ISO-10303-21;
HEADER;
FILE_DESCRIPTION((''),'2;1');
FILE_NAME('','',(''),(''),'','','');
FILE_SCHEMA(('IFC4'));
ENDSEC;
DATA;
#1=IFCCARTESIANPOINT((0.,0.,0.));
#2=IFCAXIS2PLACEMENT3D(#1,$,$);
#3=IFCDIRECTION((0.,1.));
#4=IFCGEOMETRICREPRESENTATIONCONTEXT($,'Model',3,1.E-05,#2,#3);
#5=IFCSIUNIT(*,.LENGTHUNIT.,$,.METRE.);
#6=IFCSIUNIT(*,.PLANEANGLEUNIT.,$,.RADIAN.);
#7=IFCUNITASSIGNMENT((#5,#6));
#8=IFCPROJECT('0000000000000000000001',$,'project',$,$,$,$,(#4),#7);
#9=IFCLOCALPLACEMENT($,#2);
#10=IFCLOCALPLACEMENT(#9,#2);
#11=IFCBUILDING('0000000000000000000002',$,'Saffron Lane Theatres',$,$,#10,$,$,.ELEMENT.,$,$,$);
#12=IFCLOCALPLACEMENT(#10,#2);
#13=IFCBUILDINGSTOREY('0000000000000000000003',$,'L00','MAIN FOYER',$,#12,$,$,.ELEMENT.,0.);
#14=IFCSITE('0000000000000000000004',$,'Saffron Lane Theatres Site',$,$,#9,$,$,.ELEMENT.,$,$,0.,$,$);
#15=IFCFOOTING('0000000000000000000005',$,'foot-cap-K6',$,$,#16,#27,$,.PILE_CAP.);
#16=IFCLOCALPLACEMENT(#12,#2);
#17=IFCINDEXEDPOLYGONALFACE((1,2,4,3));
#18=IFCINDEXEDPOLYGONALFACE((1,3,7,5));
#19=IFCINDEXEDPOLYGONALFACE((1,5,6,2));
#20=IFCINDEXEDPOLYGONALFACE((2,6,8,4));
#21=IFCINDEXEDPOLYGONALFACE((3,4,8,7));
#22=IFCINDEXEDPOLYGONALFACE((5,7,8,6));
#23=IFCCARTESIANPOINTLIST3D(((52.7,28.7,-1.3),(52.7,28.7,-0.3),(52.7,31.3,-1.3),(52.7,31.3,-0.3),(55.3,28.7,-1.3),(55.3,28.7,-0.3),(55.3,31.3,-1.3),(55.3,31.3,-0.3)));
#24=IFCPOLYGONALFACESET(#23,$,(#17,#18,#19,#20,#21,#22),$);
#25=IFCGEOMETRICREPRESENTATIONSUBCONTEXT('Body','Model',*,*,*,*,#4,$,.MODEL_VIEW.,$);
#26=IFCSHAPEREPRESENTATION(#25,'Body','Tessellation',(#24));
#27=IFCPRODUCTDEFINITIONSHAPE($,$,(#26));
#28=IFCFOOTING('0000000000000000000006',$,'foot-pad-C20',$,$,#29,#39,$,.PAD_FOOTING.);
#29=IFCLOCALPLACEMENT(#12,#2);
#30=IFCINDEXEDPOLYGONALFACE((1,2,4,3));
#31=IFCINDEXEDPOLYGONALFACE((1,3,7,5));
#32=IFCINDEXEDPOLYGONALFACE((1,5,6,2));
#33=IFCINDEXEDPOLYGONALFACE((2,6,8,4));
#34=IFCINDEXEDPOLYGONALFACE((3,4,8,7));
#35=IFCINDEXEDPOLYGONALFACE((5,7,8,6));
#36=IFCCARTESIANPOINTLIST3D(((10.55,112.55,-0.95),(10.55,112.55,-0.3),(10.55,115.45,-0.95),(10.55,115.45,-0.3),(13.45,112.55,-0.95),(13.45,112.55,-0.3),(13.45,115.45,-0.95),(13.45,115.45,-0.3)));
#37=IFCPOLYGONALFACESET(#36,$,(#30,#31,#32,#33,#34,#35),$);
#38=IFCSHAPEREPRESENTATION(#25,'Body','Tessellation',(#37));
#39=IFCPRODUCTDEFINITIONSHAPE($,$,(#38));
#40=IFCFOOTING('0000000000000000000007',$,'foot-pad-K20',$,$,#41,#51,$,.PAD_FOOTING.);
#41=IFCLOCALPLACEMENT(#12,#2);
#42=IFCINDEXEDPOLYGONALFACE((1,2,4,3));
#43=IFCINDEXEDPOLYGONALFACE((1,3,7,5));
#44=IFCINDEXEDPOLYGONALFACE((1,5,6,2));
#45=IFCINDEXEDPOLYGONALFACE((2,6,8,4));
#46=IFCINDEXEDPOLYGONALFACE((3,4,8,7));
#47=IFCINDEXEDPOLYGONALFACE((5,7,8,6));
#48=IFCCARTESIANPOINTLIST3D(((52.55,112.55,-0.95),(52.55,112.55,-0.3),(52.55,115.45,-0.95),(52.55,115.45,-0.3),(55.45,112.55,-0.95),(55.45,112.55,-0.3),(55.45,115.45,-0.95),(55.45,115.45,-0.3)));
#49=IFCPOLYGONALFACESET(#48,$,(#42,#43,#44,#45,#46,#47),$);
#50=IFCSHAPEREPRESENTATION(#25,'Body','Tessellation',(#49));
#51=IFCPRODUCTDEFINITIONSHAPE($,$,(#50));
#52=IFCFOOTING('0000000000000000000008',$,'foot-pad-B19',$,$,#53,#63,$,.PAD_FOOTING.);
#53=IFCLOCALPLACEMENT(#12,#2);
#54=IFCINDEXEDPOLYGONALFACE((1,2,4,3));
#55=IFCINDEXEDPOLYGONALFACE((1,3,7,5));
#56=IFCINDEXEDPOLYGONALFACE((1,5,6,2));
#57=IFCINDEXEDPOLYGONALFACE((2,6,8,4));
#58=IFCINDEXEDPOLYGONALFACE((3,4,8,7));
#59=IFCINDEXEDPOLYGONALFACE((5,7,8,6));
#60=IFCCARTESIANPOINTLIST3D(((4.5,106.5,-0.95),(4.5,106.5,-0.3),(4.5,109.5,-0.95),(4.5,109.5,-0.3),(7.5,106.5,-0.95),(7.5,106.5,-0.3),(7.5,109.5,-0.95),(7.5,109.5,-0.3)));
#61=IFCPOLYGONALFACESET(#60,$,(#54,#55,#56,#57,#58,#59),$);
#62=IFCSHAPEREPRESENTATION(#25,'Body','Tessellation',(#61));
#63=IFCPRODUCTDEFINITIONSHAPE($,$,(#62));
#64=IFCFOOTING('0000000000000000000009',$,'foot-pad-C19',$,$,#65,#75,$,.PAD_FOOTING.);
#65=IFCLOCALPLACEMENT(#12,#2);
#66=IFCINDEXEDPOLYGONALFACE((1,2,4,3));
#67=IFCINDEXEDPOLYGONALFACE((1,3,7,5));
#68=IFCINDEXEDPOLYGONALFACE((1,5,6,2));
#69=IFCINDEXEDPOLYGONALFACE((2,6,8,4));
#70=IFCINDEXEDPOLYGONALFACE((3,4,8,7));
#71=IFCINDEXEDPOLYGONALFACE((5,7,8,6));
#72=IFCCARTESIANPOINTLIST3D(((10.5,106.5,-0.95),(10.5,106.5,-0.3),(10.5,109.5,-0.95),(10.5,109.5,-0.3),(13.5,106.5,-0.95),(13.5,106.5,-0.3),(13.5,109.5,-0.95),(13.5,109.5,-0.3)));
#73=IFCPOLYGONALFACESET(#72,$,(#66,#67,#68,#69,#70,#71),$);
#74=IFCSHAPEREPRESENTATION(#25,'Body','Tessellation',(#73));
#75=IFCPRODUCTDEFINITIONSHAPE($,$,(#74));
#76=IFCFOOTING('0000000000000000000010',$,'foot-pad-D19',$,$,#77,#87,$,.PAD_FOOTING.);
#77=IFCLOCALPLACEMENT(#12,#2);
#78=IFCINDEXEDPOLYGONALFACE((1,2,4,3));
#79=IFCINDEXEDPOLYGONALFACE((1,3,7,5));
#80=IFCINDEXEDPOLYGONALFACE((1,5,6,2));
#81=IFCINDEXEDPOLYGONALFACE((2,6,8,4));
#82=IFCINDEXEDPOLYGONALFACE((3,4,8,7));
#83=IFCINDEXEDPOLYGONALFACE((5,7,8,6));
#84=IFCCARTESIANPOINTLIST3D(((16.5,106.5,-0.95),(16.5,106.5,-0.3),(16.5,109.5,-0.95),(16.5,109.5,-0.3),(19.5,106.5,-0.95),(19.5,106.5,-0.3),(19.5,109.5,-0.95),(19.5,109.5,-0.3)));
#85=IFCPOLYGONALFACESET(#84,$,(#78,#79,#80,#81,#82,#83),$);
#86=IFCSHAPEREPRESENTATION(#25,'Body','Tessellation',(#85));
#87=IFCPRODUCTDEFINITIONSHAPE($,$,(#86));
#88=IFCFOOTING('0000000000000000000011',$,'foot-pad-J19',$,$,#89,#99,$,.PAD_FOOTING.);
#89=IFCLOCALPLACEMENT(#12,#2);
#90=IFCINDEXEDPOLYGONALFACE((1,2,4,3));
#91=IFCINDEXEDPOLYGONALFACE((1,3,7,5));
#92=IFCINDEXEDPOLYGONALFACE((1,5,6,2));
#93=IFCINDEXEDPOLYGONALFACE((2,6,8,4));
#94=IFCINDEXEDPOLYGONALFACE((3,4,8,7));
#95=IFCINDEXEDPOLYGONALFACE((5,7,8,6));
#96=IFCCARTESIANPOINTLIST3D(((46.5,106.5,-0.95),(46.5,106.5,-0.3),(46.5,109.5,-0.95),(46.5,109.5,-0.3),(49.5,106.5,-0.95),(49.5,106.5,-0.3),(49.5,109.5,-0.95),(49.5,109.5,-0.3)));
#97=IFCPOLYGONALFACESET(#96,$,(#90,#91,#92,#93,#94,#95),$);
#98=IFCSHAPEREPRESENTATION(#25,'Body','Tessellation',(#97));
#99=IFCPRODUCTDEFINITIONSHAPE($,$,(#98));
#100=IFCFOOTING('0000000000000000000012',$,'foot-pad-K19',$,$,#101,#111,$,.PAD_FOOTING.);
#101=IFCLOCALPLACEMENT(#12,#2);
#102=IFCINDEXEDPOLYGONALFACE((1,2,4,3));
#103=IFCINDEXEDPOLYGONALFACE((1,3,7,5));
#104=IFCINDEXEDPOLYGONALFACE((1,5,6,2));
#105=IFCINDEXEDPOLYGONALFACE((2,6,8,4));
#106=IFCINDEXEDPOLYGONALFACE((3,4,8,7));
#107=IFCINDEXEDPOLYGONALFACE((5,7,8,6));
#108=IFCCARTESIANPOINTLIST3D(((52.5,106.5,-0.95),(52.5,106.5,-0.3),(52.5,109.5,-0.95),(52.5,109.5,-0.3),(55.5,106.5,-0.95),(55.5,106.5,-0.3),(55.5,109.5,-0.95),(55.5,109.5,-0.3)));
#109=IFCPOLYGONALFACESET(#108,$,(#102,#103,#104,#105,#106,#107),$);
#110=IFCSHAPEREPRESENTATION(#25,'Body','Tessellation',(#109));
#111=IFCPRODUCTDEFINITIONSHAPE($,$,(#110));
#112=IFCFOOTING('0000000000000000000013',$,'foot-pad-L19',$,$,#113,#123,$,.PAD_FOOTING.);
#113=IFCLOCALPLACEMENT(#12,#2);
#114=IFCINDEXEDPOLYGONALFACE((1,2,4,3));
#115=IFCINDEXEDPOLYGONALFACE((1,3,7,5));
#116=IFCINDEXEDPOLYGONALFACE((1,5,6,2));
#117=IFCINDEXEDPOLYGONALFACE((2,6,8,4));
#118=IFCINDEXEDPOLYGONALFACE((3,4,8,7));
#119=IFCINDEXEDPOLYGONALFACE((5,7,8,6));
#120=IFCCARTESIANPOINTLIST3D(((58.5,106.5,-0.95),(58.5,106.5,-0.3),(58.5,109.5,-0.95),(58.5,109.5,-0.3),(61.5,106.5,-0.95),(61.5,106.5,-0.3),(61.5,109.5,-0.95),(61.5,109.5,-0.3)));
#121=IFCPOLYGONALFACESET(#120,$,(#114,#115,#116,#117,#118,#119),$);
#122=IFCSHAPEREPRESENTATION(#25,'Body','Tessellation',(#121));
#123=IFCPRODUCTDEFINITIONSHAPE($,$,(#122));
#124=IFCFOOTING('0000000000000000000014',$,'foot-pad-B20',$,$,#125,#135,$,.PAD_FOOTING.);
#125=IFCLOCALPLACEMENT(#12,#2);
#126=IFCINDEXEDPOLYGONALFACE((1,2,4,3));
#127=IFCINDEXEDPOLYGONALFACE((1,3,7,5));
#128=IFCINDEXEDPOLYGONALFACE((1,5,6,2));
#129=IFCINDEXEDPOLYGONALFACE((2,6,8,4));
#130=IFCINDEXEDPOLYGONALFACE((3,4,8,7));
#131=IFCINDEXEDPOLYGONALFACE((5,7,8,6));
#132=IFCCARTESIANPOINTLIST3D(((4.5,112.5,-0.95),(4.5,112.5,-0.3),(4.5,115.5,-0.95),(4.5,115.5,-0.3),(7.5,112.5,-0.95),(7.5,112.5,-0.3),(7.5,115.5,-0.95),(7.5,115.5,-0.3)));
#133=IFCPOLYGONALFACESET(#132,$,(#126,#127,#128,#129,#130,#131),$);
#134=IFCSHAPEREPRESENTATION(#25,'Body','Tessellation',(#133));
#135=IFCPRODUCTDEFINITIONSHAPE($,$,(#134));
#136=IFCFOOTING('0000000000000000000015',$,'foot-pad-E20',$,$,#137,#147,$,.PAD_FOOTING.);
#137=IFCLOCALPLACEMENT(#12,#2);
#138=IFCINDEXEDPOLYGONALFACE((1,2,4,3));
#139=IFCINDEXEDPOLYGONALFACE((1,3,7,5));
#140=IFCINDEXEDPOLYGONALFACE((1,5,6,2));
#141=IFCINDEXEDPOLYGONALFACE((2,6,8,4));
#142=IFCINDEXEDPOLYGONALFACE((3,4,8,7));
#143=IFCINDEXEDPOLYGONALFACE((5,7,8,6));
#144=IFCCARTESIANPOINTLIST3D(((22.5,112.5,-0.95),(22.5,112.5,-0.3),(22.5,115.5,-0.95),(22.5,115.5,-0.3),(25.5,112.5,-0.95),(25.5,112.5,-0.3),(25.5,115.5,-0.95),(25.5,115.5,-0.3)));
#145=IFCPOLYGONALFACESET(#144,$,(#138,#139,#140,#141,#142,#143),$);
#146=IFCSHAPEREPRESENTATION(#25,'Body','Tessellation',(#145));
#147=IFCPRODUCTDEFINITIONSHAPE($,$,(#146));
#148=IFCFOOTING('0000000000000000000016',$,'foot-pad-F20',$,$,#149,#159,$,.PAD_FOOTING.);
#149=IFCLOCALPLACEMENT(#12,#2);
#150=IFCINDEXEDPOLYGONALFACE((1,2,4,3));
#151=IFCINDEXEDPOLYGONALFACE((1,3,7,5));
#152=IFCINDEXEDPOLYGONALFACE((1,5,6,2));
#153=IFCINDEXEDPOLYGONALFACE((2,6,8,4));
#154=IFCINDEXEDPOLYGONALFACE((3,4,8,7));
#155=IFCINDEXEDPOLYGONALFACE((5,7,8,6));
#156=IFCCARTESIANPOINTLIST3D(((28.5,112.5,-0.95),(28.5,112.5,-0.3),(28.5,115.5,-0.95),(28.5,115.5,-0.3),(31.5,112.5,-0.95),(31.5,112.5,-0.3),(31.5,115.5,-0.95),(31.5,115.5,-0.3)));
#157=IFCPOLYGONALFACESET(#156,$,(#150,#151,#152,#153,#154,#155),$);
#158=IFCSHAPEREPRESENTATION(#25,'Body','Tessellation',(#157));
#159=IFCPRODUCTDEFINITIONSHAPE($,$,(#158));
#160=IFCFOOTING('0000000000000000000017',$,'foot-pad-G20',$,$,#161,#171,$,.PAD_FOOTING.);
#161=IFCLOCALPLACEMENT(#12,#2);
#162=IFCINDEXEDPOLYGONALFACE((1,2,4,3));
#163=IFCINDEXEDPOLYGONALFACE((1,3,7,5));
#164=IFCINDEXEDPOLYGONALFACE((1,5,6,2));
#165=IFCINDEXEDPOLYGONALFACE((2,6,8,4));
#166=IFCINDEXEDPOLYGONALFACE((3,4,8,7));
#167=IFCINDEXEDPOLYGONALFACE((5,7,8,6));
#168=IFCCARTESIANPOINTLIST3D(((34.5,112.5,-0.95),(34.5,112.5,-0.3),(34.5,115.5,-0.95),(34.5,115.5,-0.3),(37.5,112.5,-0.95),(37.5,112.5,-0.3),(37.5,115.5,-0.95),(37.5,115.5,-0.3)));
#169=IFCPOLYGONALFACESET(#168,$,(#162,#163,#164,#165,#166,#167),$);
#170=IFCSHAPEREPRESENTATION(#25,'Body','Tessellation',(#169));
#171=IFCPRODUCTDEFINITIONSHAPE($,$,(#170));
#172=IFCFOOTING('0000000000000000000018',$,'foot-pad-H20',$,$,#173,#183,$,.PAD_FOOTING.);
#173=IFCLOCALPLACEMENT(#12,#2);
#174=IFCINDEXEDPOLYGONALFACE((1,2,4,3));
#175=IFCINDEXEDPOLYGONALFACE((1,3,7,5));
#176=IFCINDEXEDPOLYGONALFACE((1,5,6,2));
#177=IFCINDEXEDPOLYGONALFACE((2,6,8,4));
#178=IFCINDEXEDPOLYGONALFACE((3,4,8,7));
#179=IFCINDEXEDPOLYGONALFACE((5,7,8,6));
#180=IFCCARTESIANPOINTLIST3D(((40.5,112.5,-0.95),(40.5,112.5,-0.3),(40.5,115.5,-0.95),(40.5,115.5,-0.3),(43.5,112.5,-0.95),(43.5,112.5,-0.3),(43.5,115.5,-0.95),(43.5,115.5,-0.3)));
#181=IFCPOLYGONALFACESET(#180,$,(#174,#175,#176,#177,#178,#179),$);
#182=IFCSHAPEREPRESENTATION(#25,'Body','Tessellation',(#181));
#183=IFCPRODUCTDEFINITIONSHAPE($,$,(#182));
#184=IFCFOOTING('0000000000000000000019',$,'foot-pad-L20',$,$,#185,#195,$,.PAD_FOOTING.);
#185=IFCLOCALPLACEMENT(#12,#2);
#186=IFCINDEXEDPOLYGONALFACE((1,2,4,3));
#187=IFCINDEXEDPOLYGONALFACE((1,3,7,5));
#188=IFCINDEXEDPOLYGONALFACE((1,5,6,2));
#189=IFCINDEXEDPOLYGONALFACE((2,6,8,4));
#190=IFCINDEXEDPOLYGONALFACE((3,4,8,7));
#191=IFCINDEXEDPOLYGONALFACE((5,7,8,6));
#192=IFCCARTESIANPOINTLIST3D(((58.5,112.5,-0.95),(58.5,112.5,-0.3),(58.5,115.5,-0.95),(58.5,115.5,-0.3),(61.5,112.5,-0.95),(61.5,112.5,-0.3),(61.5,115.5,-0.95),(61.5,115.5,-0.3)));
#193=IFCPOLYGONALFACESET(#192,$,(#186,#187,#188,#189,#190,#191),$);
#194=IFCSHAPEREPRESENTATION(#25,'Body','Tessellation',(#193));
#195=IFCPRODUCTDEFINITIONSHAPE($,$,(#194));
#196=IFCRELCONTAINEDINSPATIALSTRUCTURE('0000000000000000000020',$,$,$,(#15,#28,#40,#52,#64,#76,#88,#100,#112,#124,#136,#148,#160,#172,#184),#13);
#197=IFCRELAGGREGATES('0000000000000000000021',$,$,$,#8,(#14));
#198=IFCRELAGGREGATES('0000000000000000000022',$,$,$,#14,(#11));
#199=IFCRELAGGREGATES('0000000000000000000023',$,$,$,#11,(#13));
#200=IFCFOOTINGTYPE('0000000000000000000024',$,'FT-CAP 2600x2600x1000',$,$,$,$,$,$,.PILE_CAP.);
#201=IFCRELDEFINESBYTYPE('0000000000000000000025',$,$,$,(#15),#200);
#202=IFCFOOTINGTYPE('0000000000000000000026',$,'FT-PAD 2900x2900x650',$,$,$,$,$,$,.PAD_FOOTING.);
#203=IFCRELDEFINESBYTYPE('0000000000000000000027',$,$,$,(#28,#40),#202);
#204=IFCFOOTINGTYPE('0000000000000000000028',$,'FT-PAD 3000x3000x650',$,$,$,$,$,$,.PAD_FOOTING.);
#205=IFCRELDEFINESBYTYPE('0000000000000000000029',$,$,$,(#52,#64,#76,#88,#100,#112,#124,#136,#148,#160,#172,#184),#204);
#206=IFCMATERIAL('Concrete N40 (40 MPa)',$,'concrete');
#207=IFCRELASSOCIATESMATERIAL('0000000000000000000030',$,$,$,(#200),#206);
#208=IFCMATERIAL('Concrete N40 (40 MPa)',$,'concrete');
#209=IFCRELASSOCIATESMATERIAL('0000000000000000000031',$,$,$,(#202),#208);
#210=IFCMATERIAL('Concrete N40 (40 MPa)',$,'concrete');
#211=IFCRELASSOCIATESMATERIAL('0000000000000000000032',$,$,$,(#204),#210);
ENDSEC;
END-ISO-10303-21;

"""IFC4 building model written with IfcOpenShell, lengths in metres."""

from ifc_helpers import new_model, si_unit, direction, frame, origin, place, context, subcontext, project, spatial, polyline, outline, extrude, material, type_object, element, save


model = new_model("IFC4")

# Units and contexts
model_context = context("Model", 3, precision=1e-05, world=origin(), true_north=direction((0.0, 1.0)))
body_context = subcontext(model_context, "Body", "Model", "MODEL_VIEW")
ifc_project = project(units=[si_unit("LENGTHUNIT", "METRE"), si_unit("PLANEANGLEUNIT", "RADIAN")], contexts=[model_context])

# Site, building, storey
site_placement = place(None, origin())
site = spatial("IfcSite", under=ifc_project, at=site_placement, Name="Saffron Lane Theatres Site", CompositionType="ELEMENT", RefElevation=0.0)
building_placement = place(site_placement, origin())
building = spatial("IfcBuilding", under=site, at=building_placement, Name="Saffron Lane Theatres", CompositionType="ELEMENT")
storey_placement = place(building_placement, origin())
storey = spatial("IfcBuildingStorey", under=building, at=storey_placement, Name="L00", Description="MAIN FOYER", CompositionType="ELEMENT", Elevation=0.0)

# Footings
ifc_material_1 = material(Name="Concrete N40 (40 MPa)", Category="concrete")
footing_type_1 = type_object("IfcFootingType", Name="FT-CAP 2600x2600x1000", PredefinedType="PILE_CAP", material=ifc_material_1)
footing_1_placement = place(storey_placement, frame((0.0, 0.0, -1.3)))
element("IfcFooting", 1, at=footing_1_placement, inside=storey, type_object=footing_type_1, Name="foot-cap-K6", PredefinedType="PILE_CAP", context=body_context, shape_type="SweptSolid", body=[
    extrude(outline(polyline([(52.7, 28.7), (55.3, 28.7), (55.3, 31.3), (52.7, 31.3), (52.7, 28.7)])), origin(), (0.0, 0.0, 1.0), 1.0),
])
ifc_material_2 = material(Name="Concrete N40 (40 MPa)", Category="concrete")
footing_type_2 = type_object("IfcFootingType", Name="FT-PAD 2900x2900x650", PredefinedType="PAD_FOOTING", material=ifc_material_2)
footing_2_placement = place(storey_placement, frame((0.0, 0.0, -0.95)))
element("IfcFooting", 2, at=footing_2_placement, inside=storey, type_object=footing_type_2, Name="foot-pad-C20", PredefinedType="PAD_FOOTING", context=body_context, shape_type="SweptSolid", body=[
    extrude(outline(polyline([(10.55, 112.55), (13.45, 112.55), (13.45, 115.45), (10.55, 115.45), (10.55, 112.55)])), origin(), (0.0, 0.0, 1.0), 0.6499),
])
footing_3_placement = place(storey_placement, frame((0.0, 0.0, -0.95)))
element("IfcFooting", 3, at=footing_3_placement, inside=storey, type_object=footing_type_2, Name="foot-pad-K20", PredefinedType="PAD_FOOTING", context=body_context, shape_type="SweptSolid", body=[
    extrude(outline(polyline([(52.55, 112.55), (55.45, 112.55), (55.45, 115.45), (52.55, 115.45), (52.55, 112.55)])), origin(), (0.0, 0.0, 1.0), 0.6499),
])
ifc_material_3 = material(Name="Concrete N40 (40 MPa)", Category="concrete")
footing_type_3 = type_object("IfcFootingType", Name="FT-PAD 3000x3000x650", PredefinedType="PAD_FOOTING", material=ifc_material_3)
footing_4_placement = place(storey_placement, frame((0.0, 0.0, -0.95)))
element("IfcFooting", 4, at=footing_4_placement, inside=storey, type_object=footing_type_3, Name="foot-pad-B19", PredefinedType="PAD_FOOTING", context=body_context, shape_type="SweptSolid", body=[
    extrude(outline(polyline([(4.5, 106.5), (7.5, 106.5), (7.5, 109.5), (4.5, 109.5), (4.5, 106.5)])), origin(), (0.0, 0.0, 1.0), 0.6499),
])
footing_5_placement = place(storey_placement, frame((0.0, 0.0, -0.95)))
element("IfcFooting", 5, at=footing_5_placement, inside=storey, type_object=footing_type_3, Name="foot-pad-C19", PredefinedType="PAD_FOOTING", context=body_context, shape_type="SweptSolid", body=[
    extrude(outline(polyline([(10.5, 106.5), (13.5, 106.5), (13.5, 109.5), (10.5, 109.5), (10.5, 106.5)])), origin(), (0.0, 0.0, 1.0), 0.6499),
])
footing_6_placement = place(storey_placement, frame((0.0, 0.0, -0.95)))
element("IfcFooting", 6, at=footing_6_placement, inside=storey, type_object=footing_type_3, Name="foot-pad-D19", PredefinedType="PAD_FOOTING", context=body_context, shape_type="SweptSolid", body=[
    extrude(outline(polyline([(16.5, 106.5), (19.5, 106.5), (19.5, 109.5), (16.5, 109.5), (16.5, 106.5)])), origin(), (0.0, 0.0, 1.0), 0.6499),
])
footing_7_placement = place(storey_placement, frame((0.0, 0.0, -0.95)))
element("IfcFooting", 7, at=footing_7_placement, inside=storey, type_object=footing_type_3, Name="foot-pad-J19", PredefinedType="PAD_FOOTING", context=body_context, shape_type="SweptSolid", body=[
    extrude(outline(polyline([(46.5, 106.5), (49.5, 106.5), (49.5, 109.5), (46.5, 109.5), (46.5, 106.5)])), origin(), (0.0, 0.0, 1.0), 0.6499),
])
footing_8_placement = place(storey_placement, frame((0.0, 0.0, -0.95)))
element("IfcFooting", 8, at=footing_8_placement, inside=storey, type_object=footing_type_3, Name="foot-pad-K19", PredefinedType="PAD_FOOTING", context=body_context, shape_type="SweptSolid", body=[
    extrude(outline(polyline([(52.5, 106.5), (55.5, 106.5), (55.5, 109.5), (52.5, 109.5), (52.5, 106.5)])), origin(), (0.0, 0.0, 1.0), 0.6499),
])
footing_9_placement = place(storey_placement, frame((0.0, 0.0, -0.95)))
element("IfcFooting", 9, at=footing_9_placement, inside=storey, type_object=footing_type_3, Name="foot-pad-L19", PredefinedType="PAD_FOOTING", context=body_context, shape_type="SweptSolid", body=[
    extrude(outline(polyline([(58.5, 106.5), (61.5, 106.5), (61.5, 109.5), (58.5, 109.5), (58.5, 106.5)])), origin(), (0.0, 0.0, 1.0), 0.6499),
])
footing_10_placement = place(storey_placement, frame((0.0, 0.0, -0.95)))
element("IfcFooting", 10, at=footing_10_placement, inside=storey, type_object=footing_type_3, Name="foot-pad-B20", PredefinedType="PAD_FOOTING", context=body_context, shape_type="SweptSolid", body=[
    extrude(outline(polyline([(4.5, 112.5), (7.5, 112.5), (7.5, 115.5), (4.5, 115.5), (4.5, 112.5)])), origin(), (0.0, 0.0, 1.0), 0.6499),
])
footing_11_placement = place(storey_placement, frame((0.0, 0.0, -0.95)))
element("IfcFooting", 11, at=footing_11_placement, inside=storey, type_object=footing_type_3, Name="foot-pad-E20", PredefinedType="PAD_FOOTING", context=body_context, shape_type="SweptSolid", body=[
    extrude(outline(polyline([(22.5, 112.5), (25.5, 112.5), (25.5, 115.5), (22.5, 115.5), (22.5, 112.5)])), origin(), (0.0, 0.0, 1.0), 0.6499),
])
footing_12_placement = place(storey_placement, frame((0.0, 0.0, -0.95)))
element("IfcFooting", 12, at=footing_12_placement, inside=storey, type_object=footing_type_3, Name="foot-pad-F20", PredefinedType="PAD_FOOTING", context=body_context, shape_type="SweptSolid", body=[
    extrude(outline(polyline([(28.5, 112.5), (31.5, 112.5), (31.5, 115.5), (28.5, 115.5), (28.5, 112.5)])), origin(), (0.0, 0.0, 1.0), 0.6499),
])
footing_13_placement = place(storey_placement, frame((0.0, 0.0, -0.95)))
element("IfcFooting", 13, at=footing_13_placement, inside=storey, type_object=footing_type_3, Name="foot-pad-G20", PredefinedType="PAD_FOOTING", context=body_context, shape_type="SweptSolid", body=[
    extrude(outline(polyline([(34.5, 112.5), (37.5, 112.5), (37.5, 115.5), (34.5, 115.5), (34.5, 112.5)])), origin(), (0.0, 0.0, 1.0), 0.6499),
])
footing_14_placement = place(storey_placement, frame((0.0, 0.0, -0.95)))
element("IfcFooting", 14, at=footing_14_placement, inside=storey, type_object=footing_type_3, Name="foot-pad-H20", PredefinedType="PAD_FOOTING", context=body_context, shape_type="SweptSolid", body=[
    extrude(outline(polyline([(40.5, 112.5), (43.5, 112.5), (43.5, 115.5), (40.5, 115.5), (40.5, 112.5)])), origin(), (0.0, 0.0, 1.0), 0.6499),
])
footing_15_placement = place(storey_placement, frame((0.0, 0.0, -0.95)))
element("IfcFooting", 15, at=footing_15_placement, inside=storey, type_object=footing_type_3, Name="foot-pad-L20", PredefinedType="PAD_FOOTING", context=body_context, shape_type="SweptSolid", body=[
    extrude(outline(polyline([(58.5, 112.5), (61.5, 112.5), (61.5, 115.5), (58.5, 115.5), (58.5, 112.5)])), origin(), (0.0, 0.0, 1.0), 0.6499),
])

save(model, "model.ifc")
